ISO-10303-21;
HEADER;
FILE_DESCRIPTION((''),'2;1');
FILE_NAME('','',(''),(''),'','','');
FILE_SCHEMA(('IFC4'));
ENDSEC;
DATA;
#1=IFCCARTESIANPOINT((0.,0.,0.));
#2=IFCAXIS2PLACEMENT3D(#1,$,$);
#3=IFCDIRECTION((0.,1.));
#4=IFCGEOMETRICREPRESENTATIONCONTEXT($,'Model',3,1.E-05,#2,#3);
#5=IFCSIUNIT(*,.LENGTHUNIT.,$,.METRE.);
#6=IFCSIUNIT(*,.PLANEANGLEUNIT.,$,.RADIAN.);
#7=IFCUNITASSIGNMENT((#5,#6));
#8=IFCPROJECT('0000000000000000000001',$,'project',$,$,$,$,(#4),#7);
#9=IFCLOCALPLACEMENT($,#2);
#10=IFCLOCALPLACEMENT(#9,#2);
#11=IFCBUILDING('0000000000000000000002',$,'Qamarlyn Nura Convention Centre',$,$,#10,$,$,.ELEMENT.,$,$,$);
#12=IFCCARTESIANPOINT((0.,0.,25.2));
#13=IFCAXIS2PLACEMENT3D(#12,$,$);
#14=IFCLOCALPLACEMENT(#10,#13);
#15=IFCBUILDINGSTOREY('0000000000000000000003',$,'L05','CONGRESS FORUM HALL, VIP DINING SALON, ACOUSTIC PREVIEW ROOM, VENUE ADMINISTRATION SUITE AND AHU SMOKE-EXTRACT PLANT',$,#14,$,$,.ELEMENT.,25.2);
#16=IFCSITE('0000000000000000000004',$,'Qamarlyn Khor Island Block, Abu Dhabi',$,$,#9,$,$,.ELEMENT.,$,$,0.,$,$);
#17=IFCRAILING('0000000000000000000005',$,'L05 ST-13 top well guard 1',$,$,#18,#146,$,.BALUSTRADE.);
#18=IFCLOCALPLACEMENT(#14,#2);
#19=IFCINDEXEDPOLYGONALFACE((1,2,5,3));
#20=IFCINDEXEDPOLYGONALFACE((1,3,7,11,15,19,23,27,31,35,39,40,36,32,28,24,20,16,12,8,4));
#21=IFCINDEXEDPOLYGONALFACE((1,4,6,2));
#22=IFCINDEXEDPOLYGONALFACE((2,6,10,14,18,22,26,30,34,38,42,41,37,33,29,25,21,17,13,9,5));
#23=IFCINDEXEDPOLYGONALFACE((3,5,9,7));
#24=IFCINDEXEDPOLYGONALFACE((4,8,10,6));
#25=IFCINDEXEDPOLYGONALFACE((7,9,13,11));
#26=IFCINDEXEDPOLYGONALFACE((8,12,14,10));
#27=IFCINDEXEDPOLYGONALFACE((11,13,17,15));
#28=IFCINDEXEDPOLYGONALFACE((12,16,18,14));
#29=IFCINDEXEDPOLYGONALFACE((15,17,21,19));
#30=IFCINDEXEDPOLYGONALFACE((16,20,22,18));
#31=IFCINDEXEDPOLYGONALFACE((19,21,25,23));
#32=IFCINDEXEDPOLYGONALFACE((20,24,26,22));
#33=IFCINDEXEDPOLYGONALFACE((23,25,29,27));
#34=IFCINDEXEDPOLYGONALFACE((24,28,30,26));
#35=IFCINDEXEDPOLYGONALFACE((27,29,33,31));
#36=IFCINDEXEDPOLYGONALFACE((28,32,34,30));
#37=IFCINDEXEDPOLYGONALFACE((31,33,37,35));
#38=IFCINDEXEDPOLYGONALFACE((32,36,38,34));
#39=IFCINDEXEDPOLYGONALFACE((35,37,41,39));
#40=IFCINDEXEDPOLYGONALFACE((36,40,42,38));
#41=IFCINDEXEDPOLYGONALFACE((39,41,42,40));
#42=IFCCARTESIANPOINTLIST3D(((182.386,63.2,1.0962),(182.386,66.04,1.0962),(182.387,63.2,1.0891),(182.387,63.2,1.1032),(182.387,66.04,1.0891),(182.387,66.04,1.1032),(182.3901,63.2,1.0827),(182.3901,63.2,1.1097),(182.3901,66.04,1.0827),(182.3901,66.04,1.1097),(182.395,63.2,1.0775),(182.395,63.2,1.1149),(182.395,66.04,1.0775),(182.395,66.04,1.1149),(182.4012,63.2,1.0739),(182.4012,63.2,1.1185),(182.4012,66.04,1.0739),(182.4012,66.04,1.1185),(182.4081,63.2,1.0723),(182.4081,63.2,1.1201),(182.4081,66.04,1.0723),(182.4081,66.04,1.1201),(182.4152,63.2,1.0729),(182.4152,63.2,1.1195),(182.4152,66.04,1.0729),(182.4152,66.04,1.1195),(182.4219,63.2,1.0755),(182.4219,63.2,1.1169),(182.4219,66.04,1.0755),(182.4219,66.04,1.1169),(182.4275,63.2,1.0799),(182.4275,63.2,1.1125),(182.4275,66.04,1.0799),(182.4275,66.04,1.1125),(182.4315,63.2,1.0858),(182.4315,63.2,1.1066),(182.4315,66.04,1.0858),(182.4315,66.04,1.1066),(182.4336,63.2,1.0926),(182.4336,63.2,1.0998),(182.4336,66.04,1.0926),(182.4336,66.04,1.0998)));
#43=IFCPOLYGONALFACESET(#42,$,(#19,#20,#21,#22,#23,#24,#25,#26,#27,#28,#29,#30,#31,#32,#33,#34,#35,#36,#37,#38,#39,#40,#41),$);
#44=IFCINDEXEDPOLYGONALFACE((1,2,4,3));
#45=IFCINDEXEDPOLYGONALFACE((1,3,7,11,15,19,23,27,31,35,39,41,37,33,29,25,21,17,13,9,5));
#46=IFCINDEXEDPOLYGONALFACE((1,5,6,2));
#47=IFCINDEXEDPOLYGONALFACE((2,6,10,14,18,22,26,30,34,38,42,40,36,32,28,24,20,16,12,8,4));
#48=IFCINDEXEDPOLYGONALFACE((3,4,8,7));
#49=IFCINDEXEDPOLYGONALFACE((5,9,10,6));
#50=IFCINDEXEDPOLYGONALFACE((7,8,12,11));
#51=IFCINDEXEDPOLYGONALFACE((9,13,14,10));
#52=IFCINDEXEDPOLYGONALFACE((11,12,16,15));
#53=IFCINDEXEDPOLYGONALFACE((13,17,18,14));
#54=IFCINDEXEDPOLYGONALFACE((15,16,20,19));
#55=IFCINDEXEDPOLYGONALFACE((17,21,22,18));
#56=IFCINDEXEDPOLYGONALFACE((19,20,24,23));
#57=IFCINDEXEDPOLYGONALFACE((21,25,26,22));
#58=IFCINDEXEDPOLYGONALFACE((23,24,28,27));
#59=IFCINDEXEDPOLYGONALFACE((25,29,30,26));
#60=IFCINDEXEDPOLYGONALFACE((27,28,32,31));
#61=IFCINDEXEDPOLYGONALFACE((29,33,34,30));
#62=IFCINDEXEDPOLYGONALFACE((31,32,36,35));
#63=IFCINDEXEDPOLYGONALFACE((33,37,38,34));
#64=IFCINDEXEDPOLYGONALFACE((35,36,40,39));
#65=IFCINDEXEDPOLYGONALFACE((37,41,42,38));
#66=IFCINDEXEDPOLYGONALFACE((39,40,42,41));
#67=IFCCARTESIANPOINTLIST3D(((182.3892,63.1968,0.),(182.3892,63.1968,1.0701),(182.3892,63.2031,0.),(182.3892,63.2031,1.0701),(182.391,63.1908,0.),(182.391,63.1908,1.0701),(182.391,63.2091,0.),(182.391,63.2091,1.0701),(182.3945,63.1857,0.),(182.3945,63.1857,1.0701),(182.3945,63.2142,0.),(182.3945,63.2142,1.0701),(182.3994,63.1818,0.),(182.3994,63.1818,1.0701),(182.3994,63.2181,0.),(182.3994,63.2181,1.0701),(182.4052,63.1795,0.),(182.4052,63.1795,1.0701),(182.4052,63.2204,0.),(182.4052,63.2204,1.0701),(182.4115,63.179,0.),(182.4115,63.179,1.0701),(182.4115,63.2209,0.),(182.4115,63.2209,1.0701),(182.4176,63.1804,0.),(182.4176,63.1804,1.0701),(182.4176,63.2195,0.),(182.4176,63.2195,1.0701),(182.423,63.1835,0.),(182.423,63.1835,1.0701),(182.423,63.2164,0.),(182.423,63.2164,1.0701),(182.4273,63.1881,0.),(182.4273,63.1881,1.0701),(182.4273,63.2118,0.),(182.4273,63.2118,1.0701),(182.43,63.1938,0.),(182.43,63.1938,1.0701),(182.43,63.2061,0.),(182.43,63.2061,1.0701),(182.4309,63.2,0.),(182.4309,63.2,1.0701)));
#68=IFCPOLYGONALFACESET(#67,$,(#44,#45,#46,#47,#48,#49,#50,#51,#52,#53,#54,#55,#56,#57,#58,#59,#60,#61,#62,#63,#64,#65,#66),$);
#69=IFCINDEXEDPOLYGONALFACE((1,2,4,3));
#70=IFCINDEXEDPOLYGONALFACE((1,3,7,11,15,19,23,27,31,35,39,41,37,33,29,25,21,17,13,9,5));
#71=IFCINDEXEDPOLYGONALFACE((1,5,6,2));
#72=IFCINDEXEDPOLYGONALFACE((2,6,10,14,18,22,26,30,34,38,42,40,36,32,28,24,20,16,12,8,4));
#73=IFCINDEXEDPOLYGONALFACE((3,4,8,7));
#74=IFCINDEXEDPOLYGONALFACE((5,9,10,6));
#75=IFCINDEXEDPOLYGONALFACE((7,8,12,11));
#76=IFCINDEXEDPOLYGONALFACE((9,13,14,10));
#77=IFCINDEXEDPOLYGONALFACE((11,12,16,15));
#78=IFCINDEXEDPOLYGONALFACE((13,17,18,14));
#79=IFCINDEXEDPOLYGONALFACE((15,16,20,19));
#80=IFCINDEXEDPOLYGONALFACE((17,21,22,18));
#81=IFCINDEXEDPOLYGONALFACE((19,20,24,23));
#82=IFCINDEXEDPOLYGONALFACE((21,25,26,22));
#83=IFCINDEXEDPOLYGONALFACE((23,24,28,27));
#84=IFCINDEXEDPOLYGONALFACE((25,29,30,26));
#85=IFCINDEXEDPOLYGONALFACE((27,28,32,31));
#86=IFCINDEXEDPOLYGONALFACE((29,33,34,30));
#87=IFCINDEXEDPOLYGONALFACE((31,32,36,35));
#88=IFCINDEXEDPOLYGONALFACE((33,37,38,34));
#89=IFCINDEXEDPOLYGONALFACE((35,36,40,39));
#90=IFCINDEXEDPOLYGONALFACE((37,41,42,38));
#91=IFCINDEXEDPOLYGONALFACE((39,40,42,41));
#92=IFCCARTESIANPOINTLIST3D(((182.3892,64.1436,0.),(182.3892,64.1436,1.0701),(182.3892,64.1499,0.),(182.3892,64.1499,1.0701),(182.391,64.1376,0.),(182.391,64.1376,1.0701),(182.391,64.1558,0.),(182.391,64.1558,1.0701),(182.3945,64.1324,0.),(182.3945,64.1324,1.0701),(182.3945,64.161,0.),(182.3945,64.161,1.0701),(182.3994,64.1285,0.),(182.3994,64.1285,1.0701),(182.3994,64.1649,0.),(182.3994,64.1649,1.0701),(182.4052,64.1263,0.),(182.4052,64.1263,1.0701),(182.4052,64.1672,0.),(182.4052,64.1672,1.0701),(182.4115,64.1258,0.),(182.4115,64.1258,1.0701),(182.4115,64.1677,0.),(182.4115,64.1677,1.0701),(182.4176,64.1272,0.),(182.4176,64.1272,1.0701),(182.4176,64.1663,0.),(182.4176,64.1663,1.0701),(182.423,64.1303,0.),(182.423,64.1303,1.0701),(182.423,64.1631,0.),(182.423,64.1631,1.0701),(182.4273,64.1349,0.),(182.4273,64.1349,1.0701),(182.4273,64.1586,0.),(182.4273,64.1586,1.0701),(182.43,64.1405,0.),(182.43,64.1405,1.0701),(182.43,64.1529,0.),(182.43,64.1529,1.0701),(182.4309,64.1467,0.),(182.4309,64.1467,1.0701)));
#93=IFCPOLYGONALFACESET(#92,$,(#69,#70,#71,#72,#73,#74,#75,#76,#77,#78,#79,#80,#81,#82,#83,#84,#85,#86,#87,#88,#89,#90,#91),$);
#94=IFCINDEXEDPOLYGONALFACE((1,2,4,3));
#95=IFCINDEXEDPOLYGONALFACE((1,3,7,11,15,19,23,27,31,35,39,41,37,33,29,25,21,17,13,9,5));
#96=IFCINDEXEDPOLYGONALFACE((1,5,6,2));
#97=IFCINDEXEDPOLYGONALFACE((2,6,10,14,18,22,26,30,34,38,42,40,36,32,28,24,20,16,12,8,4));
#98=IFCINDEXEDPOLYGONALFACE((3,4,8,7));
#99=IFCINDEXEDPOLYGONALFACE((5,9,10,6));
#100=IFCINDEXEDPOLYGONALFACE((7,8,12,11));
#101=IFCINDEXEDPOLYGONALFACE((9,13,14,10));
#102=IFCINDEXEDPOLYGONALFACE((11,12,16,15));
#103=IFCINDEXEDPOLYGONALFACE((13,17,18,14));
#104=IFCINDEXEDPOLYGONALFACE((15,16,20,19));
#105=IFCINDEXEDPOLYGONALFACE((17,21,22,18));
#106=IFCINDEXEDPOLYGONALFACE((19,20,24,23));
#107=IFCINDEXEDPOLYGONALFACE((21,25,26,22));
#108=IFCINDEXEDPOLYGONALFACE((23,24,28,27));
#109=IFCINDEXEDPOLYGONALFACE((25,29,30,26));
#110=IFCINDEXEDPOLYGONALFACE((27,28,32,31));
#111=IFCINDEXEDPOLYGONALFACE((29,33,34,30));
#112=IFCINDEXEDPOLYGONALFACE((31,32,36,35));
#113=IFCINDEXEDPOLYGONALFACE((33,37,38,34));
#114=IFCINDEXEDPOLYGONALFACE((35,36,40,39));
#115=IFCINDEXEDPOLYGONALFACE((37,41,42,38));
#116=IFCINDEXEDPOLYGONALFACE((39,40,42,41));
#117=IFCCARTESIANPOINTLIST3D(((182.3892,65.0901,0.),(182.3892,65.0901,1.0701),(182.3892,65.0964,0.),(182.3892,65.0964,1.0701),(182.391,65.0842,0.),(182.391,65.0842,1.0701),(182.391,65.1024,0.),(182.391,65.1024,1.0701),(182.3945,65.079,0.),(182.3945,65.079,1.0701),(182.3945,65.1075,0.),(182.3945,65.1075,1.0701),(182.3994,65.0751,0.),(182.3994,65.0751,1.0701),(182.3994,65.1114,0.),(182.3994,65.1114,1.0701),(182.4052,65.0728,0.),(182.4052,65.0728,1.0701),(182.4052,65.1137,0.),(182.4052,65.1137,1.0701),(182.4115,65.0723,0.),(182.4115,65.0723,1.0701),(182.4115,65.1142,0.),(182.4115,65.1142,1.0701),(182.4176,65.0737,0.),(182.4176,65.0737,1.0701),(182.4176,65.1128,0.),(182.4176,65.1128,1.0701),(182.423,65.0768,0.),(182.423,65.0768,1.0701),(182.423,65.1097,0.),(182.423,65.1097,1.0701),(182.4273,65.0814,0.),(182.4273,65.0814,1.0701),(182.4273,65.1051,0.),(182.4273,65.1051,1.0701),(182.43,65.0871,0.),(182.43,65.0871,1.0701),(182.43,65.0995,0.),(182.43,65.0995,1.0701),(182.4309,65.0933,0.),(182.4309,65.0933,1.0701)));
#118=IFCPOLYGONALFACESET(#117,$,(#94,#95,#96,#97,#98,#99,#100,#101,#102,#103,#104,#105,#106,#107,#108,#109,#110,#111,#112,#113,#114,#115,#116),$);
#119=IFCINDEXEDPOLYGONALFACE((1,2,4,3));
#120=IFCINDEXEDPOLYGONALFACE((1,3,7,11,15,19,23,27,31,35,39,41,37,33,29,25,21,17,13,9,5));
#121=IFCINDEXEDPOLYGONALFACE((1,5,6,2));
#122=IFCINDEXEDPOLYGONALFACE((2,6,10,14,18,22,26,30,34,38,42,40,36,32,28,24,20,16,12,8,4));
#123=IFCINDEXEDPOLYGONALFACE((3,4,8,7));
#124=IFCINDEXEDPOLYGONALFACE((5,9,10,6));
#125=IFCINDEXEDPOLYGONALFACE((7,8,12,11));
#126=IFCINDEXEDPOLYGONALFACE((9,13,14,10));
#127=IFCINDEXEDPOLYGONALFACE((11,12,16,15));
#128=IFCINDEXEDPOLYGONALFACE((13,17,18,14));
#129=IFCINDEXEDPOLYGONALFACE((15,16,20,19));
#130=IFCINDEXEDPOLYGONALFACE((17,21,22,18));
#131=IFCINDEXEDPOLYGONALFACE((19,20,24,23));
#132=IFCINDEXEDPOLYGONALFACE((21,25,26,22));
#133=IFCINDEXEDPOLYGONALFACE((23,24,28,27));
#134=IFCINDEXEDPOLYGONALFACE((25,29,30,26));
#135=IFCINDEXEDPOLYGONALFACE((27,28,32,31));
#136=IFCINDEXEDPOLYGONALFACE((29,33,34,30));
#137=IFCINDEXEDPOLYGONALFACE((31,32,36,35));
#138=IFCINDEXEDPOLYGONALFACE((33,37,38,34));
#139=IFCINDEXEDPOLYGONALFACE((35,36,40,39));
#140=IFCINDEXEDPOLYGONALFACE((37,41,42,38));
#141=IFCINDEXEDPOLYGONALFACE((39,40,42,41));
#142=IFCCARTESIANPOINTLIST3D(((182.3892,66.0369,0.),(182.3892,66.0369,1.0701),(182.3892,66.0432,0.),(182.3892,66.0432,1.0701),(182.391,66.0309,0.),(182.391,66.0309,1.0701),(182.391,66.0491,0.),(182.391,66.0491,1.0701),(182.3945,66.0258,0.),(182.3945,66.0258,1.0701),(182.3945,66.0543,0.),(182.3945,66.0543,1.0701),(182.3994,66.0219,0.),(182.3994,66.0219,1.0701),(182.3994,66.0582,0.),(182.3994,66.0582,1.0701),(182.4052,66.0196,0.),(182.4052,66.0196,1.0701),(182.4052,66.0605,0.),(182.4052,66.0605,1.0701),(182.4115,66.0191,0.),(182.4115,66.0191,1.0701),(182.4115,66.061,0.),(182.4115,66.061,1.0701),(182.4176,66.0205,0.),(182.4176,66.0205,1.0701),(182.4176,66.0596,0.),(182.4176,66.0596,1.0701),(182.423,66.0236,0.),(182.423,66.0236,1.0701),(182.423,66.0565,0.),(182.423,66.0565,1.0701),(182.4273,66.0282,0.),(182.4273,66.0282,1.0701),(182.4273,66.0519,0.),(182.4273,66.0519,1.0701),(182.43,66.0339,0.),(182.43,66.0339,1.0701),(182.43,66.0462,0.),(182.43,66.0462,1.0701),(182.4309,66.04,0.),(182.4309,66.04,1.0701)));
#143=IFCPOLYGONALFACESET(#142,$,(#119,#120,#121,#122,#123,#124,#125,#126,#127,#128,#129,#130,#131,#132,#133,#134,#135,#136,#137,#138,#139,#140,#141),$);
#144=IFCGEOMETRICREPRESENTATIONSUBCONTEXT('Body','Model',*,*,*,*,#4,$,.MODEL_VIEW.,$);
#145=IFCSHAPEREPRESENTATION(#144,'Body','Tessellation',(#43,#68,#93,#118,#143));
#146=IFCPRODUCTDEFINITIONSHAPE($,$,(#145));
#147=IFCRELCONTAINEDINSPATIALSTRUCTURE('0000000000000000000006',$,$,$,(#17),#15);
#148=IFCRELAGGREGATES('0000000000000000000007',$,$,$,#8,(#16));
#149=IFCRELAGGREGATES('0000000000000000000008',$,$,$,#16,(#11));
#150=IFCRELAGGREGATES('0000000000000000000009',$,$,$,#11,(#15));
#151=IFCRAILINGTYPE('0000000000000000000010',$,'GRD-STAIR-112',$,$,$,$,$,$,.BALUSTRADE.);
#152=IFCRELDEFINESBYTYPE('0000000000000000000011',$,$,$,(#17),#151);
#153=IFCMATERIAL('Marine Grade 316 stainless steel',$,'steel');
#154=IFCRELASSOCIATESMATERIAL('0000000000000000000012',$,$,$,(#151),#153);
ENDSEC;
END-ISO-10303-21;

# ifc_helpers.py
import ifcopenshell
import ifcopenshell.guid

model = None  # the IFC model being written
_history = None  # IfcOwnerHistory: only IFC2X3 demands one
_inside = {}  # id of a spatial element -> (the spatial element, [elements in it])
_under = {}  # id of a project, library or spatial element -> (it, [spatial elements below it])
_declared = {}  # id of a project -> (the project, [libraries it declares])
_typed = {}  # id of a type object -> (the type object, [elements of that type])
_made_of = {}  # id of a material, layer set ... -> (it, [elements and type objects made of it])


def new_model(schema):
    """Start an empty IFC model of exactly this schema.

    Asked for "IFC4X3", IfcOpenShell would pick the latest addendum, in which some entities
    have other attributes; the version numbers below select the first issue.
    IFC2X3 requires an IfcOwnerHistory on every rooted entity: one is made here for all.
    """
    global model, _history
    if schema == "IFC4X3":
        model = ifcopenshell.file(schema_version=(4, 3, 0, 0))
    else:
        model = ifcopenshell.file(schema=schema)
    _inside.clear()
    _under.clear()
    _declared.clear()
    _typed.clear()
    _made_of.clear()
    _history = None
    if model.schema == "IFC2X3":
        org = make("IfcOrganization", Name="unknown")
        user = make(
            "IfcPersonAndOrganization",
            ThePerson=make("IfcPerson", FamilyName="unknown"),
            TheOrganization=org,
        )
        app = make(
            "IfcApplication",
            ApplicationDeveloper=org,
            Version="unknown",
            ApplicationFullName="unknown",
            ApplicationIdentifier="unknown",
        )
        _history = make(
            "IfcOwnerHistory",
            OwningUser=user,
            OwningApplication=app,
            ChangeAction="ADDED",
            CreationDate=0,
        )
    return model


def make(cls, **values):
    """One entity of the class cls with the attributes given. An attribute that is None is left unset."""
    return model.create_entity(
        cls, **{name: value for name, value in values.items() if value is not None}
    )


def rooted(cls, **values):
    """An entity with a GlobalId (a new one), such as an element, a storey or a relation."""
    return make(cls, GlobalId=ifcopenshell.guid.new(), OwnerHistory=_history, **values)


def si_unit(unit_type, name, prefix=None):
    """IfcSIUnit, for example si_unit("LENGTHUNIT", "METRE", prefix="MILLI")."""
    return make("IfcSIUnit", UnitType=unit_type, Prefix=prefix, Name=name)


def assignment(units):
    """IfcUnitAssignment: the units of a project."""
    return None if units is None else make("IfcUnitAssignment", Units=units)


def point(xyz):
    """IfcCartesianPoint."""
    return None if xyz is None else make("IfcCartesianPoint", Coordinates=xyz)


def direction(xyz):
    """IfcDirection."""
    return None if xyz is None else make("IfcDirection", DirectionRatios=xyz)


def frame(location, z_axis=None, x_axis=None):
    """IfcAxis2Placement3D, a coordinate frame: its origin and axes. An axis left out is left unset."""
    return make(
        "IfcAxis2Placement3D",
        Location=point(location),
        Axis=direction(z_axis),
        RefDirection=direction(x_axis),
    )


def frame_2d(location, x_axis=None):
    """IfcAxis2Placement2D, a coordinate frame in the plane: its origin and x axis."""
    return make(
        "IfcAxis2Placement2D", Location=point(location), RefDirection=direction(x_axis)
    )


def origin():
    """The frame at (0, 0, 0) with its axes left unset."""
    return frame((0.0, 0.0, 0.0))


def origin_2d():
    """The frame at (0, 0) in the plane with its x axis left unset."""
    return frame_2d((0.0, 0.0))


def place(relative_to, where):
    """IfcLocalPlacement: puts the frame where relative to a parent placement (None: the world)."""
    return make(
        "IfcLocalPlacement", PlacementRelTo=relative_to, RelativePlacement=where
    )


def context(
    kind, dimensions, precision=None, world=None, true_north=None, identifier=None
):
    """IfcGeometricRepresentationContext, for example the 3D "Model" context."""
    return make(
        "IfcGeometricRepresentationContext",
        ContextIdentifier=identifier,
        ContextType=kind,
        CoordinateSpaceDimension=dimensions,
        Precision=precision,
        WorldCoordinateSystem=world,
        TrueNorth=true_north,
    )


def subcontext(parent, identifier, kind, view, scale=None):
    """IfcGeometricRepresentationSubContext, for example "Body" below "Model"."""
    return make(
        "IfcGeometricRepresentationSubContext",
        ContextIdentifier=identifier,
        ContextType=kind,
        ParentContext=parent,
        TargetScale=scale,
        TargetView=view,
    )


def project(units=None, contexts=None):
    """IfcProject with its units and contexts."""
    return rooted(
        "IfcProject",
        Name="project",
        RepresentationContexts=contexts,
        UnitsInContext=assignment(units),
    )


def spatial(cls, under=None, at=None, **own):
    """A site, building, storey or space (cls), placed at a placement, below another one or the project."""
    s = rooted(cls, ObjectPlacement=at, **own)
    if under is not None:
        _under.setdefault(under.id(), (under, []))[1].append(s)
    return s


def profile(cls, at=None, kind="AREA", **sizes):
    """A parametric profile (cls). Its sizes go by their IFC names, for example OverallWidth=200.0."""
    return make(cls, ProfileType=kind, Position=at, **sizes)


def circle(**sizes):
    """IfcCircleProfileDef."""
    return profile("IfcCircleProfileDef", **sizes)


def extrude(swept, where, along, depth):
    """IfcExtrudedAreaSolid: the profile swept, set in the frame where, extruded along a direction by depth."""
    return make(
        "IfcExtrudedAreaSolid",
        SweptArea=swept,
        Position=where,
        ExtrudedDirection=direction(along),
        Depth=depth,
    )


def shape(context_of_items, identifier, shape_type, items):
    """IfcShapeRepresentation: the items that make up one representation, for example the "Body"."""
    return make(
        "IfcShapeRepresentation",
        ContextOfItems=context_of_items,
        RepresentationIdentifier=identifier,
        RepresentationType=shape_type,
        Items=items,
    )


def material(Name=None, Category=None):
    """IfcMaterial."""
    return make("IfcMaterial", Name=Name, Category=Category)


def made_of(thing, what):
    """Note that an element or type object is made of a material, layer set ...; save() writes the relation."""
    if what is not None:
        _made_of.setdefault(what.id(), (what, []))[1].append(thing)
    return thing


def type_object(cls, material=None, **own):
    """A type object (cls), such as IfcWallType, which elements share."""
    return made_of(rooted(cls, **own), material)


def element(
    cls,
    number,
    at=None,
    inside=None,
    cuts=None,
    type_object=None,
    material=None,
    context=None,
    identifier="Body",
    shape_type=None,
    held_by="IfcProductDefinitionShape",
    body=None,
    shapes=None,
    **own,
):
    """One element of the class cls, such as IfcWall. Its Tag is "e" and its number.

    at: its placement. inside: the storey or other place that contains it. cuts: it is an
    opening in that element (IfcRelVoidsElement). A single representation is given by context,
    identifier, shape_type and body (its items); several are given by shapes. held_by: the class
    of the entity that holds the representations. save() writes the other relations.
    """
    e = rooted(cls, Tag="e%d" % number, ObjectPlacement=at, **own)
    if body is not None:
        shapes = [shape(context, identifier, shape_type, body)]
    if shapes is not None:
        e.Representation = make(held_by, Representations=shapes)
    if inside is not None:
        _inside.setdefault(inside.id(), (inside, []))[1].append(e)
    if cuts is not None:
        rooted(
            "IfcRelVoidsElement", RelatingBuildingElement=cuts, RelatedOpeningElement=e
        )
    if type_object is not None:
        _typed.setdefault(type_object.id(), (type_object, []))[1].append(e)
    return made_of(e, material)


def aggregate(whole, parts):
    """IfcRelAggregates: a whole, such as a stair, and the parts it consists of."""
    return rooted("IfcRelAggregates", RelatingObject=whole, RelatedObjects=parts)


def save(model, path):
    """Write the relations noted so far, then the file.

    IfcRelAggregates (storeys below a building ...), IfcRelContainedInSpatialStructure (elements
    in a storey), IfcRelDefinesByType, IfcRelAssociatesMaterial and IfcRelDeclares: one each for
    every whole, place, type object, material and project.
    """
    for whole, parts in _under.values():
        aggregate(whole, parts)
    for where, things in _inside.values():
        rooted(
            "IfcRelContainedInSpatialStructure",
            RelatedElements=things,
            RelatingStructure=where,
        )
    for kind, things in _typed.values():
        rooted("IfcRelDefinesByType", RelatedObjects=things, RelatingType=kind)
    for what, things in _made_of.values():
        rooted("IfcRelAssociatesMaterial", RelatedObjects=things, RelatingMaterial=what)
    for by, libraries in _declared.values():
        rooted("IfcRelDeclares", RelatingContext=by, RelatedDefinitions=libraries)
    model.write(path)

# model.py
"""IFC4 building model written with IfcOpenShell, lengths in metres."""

from ifc_helpers import new_model, si_unit, direction, frame, origin, origin_2d, place, context, subcontext, project, spatial, circle, extrude, material, type_object, element, save


model = new_model("IFC4")

# Units and contexts
model_context = context("Model", 3, precision=1e-05, world=origin(), true_north=direction((0.0, 1.0)))
body_context = subcontext(model_context, "Body", "Model", "MODEL_VIEW")
ifc_project = project(units=[si_unit("LENGTHUNIT", "METRE"), si_unit("PLANEANGLEUNIT", "RADIAN")], contexts=[model_context])

# Site, building, storey
site_placement = place(None, origin())
site = spatial("IfcSite", under=ifc_project, at=site_placement, Name="Qamarlyn Khor Island Block, Abu Dhabi", CompositionType="ELEMENT", RefElevation=0.0)
building_placement = place(site_placement, origin())
building = spatial("IfcBuilding", under=site, at=building_placement, Name="Qamarlyn Nura Convention Centre", CompositionType="ELEMENT")
storey_placement = place(building_placement, frame((0.0, 0.0, 25.2)))
storey = spatial("IfcBuildingStorey", under=building, at=storey_placement, Name="L05", Description="CONGRESS FORUM HALL, VIP DINING SALON, ACOUSTIC PREVIEW ROOM, VENUE ADMINISTRATION SUITE AND AHU SMOKE-EXTRACT PLANT", CompositionType="ELEMENT", Elevation=25.2)

# Shared definitions
ifc_material_1 = material(Name="Marine Grade 316 stainless steel", Category="steel")

# Railing
railing_type = type_object("IfcRailingType", Name="GRD-STAIR-112", PredefinedType="BALUSTRADE", material=ifc_material_1)
railing_1_placement = place(storey_placement, frame((182.4099, 63.2, 0.0)))
element("IfcRailing", 1, at=railing_1_placement, inside=storey, type_object=railing_type, Name="L05 ST-13 top well guard 1", PredefinedType="BALUSTRADE", context=body_context, shape_type="SweptSolid", body=[
    extrude(circle(Radius=0.0239, at=origin_2d()), frame((0.0, 0.0, 1.0962), z_axis=(0.0, 1.0, 0.0), x_axis=(-1.0, 0.0, 0.0)), (0.0, 0.0, 1.0), 2.8401),
    extrude(circle(Radius=0.021, at=origin_2d()), origin(), (0.0, 0.0, 1.0), 1.0701),
    extrude(circle(Radius=0.021, at=origin_2d()), frame((0.0, 0.9468, 0.0)), (0.0, 0.0, 1.0), 1.0701),
    extrude(circle(Radius=0.021, at=origin_2d()), frame((0.0, 1.8933, 0.0)), (0.0, 0.0, 1.0), 1.0701),
    extrude(circle(Radius=0.021, at=origin_2d()), frame((0.0, 2.8401, 0.0)), (0.0, 0.0, 1.0), 1.0701),
])

save(model, "model.ifc")
